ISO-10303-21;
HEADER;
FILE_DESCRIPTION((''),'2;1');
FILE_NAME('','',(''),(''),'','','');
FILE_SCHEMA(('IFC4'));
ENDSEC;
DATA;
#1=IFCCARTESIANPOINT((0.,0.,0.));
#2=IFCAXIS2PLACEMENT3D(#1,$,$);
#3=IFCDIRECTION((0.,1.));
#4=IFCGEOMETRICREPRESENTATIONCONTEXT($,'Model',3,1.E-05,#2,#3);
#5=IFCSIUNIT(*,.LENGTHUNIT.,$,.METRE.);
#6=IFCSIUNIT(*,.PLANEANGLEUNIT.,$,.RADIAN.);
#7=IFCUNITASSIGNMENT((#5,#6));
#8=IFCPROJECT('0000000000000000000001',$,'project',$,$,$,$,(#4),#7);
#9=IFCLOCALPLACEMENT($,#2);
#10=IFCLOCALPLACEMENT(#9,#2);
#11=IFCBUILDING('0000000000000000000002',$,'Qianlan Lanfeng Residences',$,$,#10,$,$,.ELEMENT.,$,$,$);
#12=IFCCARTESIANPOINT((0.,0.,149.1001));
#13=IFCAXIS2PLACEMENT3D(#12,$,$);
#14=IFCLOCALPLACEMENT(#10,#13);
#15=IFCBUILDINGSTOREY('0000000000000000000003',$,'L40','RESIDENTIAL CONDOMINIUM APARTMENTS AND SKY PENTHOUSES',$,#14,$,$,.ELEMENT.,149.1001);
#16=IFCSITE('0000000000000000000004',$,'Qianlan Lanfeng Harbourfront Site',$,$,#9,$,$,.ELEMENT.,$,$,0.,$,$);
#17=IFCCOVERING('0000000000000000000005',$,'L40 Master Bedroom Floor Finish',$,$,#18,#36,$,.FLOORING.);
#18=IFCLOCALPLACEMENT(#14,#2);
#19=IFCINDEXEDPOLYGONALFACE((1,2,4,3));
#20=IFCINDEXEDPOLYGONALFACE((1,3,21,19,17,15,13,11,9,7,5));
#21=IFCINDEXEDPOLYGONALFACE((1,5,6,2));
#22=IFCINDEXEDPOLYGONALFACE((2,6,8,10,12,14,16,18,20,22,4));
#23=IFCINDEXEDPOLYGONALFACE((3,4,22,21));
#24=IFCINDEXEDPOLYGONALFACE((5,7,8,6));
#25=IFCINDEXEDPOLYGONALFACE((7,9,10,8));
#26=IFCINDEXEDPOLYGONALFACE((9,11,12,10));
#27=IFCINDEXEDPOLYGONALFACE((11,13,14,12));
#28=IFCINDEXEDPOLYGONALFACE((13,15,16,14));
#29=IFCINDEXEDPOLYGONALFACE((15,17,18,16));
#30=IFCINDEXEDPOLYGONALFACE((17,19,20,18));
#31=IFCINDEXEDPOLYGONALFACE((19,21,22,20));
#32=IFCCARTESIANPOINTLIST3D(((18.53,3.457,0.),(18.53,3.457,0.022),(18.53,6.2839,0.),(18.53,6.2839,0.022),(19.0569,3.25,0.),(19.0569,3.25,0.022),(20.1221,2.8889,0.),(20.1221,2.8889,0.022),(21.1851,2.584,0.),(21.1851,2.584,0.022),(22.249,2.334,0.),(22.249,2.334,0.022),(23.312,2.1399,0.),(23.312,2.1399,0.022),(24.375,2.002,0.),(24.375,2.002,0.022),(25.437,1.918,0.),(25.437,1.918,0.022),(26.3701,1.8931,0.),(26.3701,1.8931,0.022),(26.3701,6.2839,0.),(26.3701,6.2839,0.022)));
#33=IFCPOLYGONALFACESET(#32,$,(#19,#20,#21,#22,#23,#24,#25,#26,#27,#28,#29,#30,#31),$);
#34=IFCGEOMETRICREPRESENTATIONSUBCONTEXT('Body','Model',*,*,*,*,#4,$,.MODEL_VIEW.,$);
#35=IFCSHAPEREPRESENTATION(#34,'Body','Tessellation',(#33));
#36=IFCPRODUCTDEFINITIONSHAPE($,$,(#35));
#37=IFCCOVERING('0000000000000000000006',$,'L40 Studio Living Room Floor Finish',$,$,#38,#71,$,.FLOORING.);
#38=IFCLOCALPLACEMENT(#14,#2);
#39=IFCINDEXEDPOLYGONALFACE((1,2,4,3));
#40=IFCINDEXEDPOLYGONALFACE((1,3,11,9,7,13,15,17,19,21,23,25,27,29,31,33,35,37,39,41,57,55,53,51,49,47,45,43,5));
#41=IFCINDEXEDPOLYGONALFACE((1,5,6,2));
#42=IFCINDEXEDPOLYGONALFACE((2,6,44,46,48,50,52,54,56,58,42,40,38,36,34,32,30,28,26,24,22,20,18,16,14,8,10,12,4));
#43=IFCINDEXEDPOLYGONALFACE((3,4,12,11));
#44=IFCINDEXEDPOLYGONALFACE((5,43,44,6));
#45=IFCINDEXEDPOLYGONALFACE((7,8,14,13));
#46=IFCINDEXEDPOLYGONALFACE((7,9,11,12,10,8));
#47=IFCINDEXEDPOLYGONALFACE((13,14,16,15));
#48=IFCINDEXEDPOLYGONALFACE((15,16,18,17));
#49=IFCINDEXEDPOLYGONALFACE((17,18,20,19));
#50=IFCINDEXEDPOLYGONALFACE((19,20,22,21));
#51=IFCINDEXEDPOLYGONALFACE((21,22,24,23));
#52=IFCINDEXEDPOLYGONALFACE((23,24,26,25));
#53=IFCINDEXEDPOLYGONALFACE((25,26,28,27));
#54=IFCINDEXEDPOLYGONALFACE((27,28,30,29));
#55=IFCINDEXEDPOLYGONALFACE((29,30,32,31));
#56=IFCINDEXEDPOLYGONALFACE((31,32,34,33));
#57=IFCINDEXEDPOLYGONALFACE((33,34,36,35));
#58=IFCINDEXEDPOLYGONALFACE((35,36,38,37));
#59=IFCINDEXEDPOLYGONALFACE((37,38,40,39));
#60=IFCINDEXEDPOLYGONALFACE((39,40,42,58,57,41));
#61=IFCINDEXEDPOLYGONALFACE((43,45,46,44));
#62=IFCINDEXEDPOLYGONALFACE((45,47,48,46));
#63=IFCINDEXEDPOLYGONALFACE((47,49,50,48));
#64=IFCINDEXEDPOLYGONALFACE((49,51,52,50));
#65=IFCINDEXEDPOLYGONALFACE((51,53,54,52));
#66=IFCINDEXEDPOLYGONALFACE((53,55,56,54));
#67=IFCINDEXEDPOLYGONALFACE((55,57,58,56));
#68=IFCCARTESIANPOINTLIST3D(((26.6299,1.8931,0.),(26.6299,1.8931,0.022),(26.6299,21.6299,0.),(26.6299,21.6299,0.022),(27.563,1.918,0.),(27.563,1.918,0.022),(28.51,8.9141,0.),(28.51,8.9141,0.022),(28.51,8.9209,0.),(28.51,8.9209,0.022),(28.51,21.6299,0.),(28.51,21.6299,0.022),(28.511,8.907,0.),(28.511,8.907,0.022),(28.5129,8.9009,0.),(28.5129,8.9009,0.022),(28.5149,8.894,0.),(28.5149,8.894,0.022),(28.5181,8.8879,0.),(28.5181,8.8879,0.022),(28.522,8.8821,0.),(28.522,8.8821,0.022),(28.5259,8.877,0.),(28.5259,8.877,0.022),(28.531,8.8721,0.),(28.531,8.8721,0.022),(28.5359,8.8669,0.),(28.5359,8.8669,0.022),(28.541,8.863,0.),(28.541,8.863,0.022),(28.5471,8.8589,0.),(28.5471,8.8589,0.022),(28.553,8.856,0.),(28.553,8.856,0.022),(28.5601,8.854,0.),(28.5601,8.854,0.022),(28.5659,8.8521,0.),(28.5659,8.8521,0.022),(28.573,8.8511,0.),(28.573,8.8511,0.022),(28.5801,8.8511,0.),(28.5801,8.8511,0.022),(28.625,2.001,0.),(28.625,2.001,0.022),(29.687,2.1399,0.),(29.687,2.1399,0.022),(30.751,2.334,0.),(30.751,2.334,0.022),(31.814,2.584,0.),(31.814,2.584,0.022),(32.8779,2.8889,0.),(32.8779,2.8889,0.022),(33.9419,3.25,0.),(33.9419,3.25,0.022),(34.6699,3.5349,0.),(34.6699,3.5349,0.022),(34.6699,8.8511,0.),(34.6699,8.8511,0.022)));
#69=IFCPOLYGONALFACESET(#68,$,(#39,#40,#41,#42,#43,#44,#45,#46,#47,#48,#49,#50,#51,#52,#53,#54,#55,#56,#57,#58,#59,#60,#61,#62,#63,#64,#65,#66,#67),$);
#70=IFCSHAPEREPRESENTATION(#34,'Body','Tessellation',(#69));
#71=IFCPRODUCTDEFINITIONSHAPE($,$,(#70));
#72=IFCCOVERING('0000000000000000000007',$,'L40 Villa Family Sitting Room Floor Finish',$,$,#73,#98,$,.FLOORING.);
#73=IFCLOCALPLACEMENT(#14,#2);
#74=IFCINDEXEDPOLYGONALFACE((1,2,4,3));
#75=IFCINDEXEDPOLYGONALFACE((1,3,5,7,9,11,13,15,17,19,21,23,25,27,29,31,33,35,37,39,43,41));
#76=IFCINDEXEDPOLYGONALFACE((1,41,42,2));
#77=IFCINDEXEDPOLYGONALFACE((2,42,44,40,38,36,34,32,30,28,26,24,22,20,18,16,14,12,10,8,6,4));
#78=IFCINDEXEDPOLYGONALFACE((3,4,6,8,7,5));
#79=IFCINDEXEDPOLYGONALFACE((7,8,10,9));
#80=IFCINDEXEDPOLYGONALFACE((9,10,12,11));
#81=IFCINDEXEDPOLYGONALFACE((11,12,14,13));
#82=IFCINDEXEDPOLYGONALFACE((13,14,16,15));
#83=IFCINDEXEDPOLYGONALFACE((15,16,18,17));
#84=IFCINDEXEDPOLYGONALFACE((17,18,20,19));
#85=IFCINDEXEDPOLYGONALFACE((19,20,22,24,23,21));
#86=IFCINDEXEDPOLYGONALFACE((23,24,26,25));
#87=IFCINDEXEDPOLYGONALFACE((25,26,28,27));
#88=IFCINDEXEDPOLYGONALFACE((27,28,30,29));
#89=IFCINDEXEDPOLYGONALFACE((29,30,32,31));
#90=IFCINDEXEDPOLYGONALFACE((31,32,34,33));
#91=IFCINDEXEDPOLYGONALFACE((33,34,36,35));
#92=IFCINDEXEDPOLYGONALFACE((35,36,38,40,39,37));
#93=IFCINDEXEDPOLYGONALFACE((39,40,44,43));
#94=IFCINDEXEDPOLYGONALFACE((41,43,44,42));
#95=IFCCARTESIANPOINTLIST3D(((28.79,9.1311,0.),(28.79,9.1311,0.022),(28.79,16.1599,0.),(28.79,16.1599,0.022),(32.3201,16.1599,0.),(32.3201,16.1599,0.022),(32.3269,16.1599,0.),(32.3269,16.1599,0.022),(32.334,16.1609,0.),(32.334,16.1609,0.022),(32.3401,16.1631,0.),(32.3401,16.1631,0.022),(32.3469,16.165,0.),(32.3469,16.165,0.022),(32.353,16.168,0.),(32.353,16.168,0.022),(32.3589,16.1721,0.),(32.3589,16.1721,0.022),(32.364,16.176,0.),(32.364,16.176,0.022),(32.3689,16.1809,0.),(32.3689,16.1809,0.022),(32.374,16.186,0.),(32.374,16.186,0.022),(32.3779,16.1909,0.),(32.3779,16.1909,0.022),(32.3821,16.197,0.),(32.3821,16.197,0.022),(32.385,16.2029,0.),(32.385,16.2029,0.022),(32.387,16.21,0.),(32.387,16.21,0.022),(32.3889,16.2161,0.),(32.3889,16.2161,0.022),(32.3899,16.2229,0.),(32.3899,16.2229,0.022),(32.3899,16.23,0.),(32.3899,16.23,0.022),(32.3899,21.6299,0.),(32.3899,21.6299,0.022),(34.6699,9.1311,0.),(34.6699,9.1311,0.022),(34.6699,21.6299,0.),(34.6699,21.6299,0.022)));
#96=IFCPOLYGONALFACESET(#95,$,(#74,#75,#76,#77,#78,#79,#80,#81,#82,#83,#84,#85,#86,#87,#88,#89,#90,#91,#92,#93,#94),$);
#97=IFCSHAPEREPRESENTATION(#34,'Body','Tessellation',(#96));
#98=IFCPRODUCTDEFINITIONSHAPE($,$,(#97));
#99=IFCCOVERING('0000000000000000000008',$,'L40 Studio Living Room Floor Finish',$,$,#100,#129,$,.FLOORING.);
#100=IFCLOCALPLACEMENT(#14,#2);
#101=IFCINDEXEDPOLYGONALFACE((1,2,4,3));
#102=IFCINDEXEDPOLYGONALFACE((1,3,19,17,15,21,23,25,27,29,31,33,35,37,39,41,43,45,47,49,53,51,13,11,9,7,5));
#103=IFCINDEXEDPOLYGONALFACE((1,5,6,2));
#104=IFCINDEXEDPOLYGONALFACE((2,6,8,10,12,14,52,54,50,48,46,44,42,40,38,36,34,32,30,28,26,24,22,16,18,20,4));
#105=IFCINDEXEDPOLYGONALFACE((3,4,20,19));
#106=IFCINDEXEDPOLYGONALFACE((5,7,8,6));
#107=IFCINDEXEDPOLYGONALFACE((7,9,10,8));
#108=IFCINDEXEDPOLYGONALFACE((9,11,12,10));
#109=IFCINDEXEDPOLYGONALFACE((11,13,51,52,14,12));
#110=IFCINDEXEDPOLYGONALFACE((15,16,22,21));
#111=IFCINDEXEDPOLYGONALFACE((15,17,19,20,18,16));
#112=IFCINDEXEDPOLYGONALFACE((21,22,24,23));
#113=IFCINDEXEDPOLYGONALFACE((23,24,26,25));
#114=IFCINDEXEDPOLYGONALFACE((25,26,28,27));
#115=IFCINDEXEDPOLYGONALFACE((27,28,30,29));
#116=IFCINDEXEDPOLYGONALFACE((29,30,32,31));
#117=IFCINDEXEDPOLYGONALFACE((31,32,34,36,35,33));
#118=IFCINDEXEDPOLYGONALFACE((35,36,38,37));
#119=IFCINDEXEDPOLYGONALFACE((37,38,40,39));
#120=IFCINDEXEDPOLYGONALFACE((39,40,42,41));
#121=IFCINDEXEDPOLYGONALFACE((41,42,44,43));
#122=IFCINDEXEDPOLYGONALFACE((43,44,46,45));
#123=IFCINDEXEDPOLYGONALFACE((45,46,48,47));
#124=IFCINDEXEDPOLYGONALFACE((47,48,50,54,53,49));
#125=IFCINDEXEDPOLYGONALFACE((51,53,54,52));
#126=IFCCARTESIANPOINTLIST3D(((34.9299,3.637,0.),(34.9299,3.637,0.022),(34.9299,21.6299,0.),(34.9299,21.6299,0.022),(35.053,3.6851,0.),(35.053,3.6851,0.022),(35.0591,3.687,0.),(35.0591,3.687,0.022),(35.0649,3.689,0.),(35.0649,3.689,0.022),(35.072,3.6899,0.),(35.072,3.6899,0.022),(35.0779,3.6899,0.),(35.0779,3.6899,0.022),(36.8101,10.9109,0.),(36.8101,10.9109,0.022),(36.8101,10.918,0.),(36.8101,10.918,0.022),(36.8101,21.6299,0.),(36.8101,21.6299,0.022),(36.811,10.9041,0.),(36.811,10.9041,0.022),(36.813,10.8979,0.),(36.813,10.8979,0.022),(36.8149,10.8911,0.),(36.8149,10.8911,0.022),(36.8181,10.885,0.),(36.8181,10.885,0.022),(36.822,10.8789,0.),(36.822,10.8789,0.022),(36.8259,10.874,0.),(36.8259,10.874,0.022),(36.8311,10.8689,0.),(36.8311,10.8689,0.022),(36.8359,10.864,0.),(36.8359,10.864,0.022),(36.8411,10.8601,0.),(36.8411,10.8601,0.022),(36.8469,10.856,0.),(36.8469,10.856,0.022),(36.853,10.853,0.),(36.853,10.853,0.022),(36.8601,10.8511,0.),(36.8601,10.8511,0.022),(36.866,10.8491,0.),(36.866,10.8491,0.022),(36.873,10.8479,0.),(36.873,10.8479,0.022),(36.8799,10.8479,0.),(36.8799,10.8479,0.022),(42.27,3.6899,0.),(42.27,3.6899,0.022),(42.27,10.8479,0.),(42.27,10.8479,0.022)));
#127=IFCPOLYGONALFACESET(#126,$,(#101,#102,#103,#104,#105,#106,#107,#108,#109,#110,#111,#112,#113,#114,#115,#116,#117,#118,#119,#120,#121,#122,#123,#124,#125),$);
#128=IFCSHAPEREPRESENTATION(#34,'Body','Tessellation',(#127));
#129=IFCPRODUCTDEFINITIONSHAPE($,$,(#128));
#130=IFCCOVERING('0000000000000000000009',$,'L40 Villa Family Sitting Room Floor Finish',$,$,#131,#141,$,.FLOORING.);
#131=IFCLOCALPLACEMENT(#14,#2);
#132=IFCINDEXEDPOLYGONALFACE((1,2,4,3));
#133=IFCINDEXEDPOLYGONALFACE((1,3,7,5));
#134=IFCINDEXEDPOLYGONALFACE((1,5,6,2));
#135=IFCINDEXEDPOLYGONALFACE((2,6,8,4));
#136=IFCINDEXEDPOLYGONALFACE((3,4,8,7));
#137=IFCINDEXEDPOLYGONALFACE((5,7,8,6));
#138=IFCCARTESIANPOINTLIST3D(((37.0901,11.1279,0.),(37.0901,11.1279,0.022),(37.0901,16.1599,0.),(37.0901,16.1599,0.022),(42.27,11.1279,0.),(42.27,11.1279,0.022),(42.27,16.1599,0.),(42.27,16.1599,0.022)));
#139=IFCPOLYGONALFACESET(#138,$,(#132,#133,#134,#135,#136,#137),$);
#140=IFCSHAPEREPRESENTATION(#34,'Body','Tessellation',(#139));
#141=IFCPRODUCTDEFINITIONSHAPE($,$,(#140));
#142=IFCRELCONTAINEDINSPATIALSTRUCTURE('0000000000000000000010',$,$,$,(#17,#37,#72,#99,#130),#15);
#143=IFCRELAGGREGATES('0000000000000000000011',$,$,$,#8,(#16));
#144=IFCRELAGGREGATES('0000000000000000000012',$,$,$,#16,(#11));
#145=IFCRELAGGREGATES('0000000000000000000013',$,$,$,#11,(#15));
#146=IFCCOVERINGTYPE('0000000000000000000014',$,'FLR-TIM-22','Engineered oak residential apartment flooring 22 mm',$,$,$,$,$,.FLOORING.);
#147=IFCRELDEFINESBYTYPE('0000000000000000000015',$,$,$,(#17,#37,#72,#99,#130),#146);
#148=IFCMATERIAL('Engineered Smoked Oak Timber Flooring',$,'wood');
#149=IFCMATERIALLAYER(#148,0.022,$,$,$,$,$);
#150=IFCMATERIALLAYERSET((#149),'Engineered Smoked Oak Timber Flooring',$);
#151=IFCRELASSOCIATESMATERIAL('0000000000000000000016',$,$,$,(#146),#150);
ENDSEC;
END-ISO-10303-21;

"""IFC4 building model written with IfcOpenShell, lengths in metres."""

from ifc_helpers import new_model, si_unit, direction, frame, origin, place, context, subcontext, project, spatial, polyline, outline, extrude, material, layer, layer_set, type_object, element, save


model = new_model("IFC4")

# Units and contexts
model_context = context("Model", 3, precision=1e-05, world=origin(), true_north=direction((0.0, 1.0)))
body_context = subcontext(model_context, "Body", "Model", "MODEL_VIEW")
ifc_project = project(units=[si_unit("LENGTHUNIT", "METRE"), si_unit("PLANEANGLEUNIT", "RADIAN")], contexts=[model_context])

# Site, building, storey
site_placement = place(None, origin())
site = spatial("IfcSite", under=ifc_project, at=site_placement, Name="Qianlan Lanfeng Harbourfront Site", CompositionType="ELEMENT", RefElevation=0.0)
building_placement = place(site_placement, origin())
building = spatial("IfcBuilding", under=site, at=building_placement, Name="Qianlan Lanfeng Residences", CompositionType="ELEMENT")
storey_placement = place(building_placement, frame((0.0, 0.0, 149.1001)))
storey = spatial("IfcBuildingStorey", under=building, at=storey_placement, Name="L40", Description="RESIDENTIAL CONDOMINIUM APARTMENTS AND SKY PENTHOUSES", CompositionType="ELEMENT", Elevation=149.1001)

# Coverings
ifc_material_1 = material(Name="Engineered Smoked Oak Timber Flooring", Category="wood")
ifc_layer_1 = layer(ifc_material_1, 0.022)
ifc_layer_set_1 = layer_set([ifc_layer_1], Name="Engineered Smoked Oak Timber Flooring")
covering_type_1 = type_object("IfcCoveringType", Name="FLR-TIM-22", Description="Engineered oak residential apartment flooring 22 mm", PredefinedType="FLOORING", material=ifc_layer_set_1)
covering_1_placement = place(storey_placement, origin())
element("IfcCovering", 1, at=covering_1_placement, inside=storey, type_object=covering_type_1, Name="L40 Master Bedroom Floor Finish", PredefinedType="FLOORING", context=body_context, shape_type="SweptSolid", body=[
    extrude(outline(polyline([(18.53, 6.2839), (18.53, 3.457), (19.0569, 3.25), (20.1221, 2.8889), (21.1851, 2.584), (22.249, 2.334), (23.312, 2.1399), (24.375, 2.002), (25.437, 1.918), (26.3701, 1.8931), (26.3701, 6.2839), (18.53, 6.2839)])), origin(), (0.0, 0.0, 1.0), 0.022),
])
covering_2_placement = place(storey_placement, origin())
element("IfcCovering", 2, at=covering_2_placement, inside=storey, type_object=covering_type_1, Name="L40 Studio Living Room Floor Finish", PredefinedType="FLOORING", context=body_context, shape_type="SweptSolid", body=[
    extrude(outline(polyline([(34.6699, 3.5349), (34.6699, 8.8511), (28.5801, 8.8511), (28.573, 8.8511), (28.5659, 8.8521), (28.5601, 8.854), (28.553, 8.856), (28.5471, 8.8589), (28.541, 8.863), (28.5359, 8.8669), (28.531, 8.8721), (28.5259, 8.877), (28.522, 8.8821), (28.5181, 8.8879), (28.5149, 8.894), (28.5129, 8.9009), (28.511, 8.907), (28.51, 8.9141), (28.51, 8.9209), (28.51, 21.6299), (26.6299, 21.6299), (26.6299, 1.8931), (27.563, 1.918), (28.625, 2.001), (29.687, 2.1399), (30.751, 2.334), (31.814, 2.584), (32.8779, 2.8889), (33.9419, 3.25), (34.6699, 3.5349)])), origin(), (0.0, 0.0, 1.0), 0.022),
])
covering_3_placement = place(storey_placement, origin())
element("IfcCovering", 3, at=covering_3_placement, inside=storey, type_object=covering_type_1, Name="L40 Villa Family Sitting Room Floor Finish", PredefinedType="FLOORING", context=body_context, shape_type="SweptSolid", body=[
    extrude(outline(polyline([(28.79, 9.1311), (34.6699, 9.1311), (34.6699, 21.6299), (32.3899, 21.6299), (32.3899, 16.23), (32.3899, 16.2229), (32.3889, 16.2161), (32.387, 16.21), (32.385, 16.2029), (32.3821, 16.197), (32.3779, 16.1909), (32.374, 16.186), (32.3689, 16.1809), (32.364, 16.176), (32.3589, 16.1721), (32.353, 16.168), (32.3469, 16.165), (32.3401, 16.1631), (32.334, 16.1609), (32.3269, 16.1599), (32.3201, 16.1599), (28.79, 16.1599), (28.79, 9.1311)])), origin(), (0.0, 0.0, 1.0), 0.022),
])
covering_4_placement = place(storey_placement, origin())
element("IfcCovering", 4, at=covering_4_placement, inside=storey, type_object=covering_type_1, Name="L40 Studio Living Room Floor Finish", PredefinedType="FLOORING", context=body_context, shape_type="SweptSolid", body=[
    extrude(outline(polyline([(42.27, 3.6899), (42.27, 10.8479), (36.8799, 10.8479), (36.873, 10.8479), (36.866, 10.8491), (36.8601, 10.8511), (36.853, 10.853), (36.8469, 10.856), (36.8411, 10.8601), (36.8359, 10.864), (36.8311, 10.8689), (36.8259, 10.874), (36.822, 10.8789), (36.8181, 10.885), (36.8149, 10.8911), (36.813, 10.8979), (36.811, 10.9041), (36.8101, 10.9109), (36.8101, 10.918), (36.8101, 21.6299), (34.9299, 21.6299), (34.9299, 3.637), (35.053, 3.6851), (35.0591, 3.687), (35.0649, 3.689), (35.072, 3.6899), (35.0779, 3.6899), (42.27, 3.6899)])), origin(), (0.0, 0.0, 1.0), 0.022),
])
covering_5_placement = place(storey_placement, origin())
element("IfcCovering", 5, at=covering_5_placement, inside=storey, type_object=covering_type_1, Name="L40 Villa Family Sitting Room Floor Finish", PredefinedType="FLOORING", context=body_context, shape_type="SweptSolid", body=[
    extrude(outline(polyline([(37.0901, 16.1599), (37.0901, 11.1279), (42.27, 11.1279), (42.27, 16.1599), (37.0901, 16.1599)])), origin(), (0.0, 0.0, 1.0), 0.022),
])

save(model, "model.ifc")
